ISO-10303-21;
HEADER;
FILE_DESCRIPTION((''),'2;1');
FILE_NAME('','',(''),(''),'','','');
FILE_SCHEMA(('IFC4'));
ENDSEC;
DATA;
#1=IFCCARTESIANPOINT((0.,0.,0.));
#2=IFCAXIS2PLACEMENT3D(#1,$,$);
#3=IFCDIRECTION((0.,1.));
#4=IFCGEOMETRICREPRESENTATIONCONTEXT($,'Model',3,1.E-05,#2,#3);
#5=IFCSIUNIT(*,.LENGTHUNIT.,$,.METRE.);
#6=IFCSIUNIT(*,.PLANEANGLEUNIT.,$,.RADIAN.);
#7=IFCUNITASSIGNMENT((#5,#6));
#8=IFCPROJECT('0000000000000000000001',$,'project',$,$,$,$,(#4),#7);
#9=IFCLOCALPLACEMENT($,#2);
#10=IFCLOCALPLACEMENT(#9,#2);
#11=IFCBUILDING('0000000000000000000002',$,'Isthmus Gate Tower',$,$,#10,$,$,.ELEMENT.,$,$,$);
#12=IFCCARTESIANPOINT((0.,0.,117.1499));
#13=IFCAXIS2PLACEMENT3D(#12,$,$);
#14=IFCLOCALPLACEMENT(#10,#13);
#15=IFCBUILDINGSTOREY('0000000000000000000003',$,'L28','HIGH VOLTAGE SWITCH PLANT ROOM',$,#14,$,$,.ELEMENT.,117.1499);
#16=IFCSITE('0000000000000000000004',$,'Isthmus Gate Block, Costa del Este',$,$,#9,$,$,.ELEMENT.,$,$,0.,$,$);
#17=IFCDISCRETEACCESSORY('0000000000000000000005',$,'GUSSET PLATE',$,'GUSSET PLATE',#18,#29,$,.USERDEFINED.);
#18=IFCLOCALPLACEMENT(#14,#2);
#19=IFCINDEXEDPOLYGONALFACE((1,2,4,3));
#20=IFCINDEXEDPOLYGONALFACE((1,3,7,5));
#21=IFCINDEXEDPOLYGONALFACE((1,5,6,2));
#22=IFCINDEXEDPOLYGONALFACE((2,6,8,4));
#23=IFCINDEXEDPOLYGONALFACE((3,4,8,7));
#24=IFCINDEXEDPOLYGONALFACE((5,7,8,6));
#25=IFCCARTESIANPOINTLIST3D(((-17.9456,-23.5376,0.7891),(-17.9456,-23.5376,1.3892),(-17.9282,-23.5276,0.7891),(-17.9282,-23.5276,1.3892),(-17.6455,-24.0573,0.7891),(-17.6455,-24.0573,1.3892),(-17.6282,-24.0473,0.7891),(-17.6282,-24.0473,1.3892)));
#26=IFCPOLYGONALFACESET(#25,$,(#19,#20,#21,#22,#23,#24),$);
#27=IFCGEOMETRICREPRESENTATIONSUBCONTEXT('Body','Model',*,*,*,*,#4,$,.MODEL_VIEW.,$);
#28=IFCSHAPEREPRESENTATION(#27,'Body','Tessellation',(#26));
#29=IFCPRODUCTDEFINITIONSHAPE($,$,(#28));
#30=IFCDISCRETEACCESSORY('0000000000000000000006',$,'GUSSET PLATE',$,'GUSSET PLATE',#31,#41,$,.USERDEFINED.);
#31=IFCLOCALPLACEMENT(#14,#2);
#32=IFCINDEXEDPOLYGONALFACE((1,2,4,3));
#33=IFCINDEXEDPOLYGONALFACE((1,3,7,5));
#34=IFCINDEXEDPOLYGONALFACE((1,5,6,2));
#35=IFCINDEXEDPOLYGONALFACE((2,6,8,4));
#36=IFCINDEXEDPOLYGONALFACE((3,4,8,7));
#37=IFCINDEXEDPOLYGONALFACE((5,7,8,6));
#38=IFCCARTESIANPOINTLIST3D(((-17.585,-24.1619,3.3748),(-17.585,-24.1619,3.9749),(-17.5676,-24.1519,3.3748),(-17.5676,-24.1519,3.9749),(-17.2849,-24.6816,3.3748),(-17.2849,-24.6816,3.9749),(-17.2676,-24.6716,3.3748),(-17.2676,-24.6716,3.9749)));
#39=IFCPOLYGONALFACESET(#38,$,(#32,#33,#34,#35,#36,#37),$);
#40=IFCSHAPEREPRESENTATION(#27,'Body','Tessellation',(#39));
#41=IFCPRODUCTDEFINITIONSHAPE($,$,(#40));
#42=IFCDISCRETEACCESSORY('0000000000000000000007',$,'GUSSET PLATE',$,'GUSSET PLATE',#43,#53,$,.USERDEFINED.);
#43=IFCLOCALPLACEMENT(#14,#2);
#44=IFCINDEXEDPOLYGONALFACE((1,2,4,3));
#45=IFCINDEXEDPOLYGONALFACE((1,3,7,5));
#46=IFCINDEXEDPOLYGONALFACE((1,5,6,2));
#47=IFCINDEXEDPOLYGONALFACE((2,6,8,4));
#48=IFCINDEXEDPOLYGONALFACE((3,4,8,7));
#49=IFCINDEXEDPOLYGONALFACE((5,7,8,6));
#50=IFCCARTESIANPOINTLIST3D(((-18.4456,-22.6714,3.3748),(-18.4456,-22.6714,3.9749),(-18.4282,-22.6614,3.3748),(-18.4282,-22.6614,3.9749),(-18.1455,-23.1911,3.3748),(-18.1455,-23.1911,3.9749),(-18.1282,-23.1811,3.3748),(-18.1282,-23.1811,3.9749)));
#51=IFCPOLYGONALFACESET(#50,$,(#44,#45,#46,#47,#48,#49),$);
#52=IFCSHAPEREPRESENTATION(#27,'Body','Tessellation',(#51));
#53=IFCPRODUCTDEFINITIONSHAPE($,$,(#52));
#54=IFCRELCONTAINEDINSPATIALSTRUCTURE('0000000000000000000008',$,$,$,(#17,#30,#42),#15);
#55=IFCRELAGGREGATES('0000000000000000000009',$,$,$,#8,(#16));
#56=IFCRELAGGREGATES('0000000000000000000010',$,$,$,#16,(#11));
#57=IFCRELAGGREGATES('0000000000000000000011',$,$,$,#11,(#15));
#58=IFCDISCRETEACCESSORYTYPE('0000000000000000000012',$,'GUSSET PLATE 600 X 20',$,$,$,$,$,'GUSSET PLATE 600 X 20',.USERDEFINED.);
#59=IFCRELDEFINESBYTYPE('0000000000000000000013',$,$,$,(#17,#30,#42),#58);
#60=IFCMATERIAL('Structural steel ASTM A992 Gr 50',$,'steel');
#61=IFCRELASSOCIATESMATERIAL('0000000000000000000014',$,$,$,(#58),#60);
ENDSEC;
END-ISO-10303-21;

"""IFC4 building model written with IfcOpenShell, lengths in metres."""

from ifc_helpers import new_model, si_unit, direction, frame, origin, origin_2d, place, context, subcontext, project, spatial, rectangle, extrude, material, type_object, element, save


model = new_model("IFC4")

# Units and contexts
model_context = context("Model", 3, precision=1e-05, world=origin(), true_north=direction((0.0, 1.0)))
body_context = subcontext(model_context, "Body", "Model", "MODEL_VIEW")
ifc_project = project(units=[si_unit("LENGTHUNIT", "METRE"), si_unit("PLANEANGLEUNIT", "RADIAN")], contexts=[model_context])

# Site, building, storey
site_placement = place(None, origin())
site = spatial("IfcSite", under=ifc_project, at=site_placement, Name="Isthmus Gate Block, Costa del Este", CompositionType="ELEMENT", RefElevation=0.0)
building_placement = place(site_placement, origin())
building = spatial("IfcBuilding", under=site, at=building_placement, Name="Isthmus Gate Tower", CompositionType="ELEMENT")
storey_placement = place(building_placement, frame((0.0, 0.0, 117.1499)))
storey = spatial("IfcBuildingStorey", under=building, at=storey_placement, Name="L28", Description="HIGH VOLTAGE SWITCH PLANT ROOM", CompositionType="ELEMENT", Elevation=117.1499)

# Discrete accessories
ifc_material_1 = material(Name="Structural steel ASTM A992 Gr 50", Category="steel")
discrete_accessory_type_1 = type_object("IfcDiscreteAccessoryType", Name="GUSSET PLATE 600 X 20", ElementType="GUSSET PLATE 600 X 20", PredefinedType="USERDEFINED", material=ifc_material_1)
for number, where, z_axis, x_axis, name in (
    (1, (-17.7869, -23.7925, 0.7891), (0.0, 0.0, 1.0), (0.5, -0.866025, 0.0), "GUSSET PLATE"),
    (2, (-17.4263, -24.4167, 3.3748), (0.0, 0.0, 1.0), (0.5, -0.866025, 0.0), "GUSSET PLATE"),
    (3, (-18.2869, -22.9263, 3.3748), (0.0, 0.0, 1.0), (0.5, -0.866025, 0.0), "GUSSET PLATE"),
):
    element("IfcDiscreteAccessory", number, at=place(storey_placement, frame(where, z_axis=z_axis, x_axis=x_axis)), inside=storey, type_object=discrete_accessory_type_1, Name=name, ObjectType="GUSSET PLATE", PredefinedType="USERDEFINED", context=body_context, shape_type="SweptSolid", body=[
        extrude(rectangle(XDim=0.6001, YDim=0.02, at=origin_2d()), origin(), (0.0, 0.0, 1.0), 0.6001),
    ])

save(model, "model.ifc")
